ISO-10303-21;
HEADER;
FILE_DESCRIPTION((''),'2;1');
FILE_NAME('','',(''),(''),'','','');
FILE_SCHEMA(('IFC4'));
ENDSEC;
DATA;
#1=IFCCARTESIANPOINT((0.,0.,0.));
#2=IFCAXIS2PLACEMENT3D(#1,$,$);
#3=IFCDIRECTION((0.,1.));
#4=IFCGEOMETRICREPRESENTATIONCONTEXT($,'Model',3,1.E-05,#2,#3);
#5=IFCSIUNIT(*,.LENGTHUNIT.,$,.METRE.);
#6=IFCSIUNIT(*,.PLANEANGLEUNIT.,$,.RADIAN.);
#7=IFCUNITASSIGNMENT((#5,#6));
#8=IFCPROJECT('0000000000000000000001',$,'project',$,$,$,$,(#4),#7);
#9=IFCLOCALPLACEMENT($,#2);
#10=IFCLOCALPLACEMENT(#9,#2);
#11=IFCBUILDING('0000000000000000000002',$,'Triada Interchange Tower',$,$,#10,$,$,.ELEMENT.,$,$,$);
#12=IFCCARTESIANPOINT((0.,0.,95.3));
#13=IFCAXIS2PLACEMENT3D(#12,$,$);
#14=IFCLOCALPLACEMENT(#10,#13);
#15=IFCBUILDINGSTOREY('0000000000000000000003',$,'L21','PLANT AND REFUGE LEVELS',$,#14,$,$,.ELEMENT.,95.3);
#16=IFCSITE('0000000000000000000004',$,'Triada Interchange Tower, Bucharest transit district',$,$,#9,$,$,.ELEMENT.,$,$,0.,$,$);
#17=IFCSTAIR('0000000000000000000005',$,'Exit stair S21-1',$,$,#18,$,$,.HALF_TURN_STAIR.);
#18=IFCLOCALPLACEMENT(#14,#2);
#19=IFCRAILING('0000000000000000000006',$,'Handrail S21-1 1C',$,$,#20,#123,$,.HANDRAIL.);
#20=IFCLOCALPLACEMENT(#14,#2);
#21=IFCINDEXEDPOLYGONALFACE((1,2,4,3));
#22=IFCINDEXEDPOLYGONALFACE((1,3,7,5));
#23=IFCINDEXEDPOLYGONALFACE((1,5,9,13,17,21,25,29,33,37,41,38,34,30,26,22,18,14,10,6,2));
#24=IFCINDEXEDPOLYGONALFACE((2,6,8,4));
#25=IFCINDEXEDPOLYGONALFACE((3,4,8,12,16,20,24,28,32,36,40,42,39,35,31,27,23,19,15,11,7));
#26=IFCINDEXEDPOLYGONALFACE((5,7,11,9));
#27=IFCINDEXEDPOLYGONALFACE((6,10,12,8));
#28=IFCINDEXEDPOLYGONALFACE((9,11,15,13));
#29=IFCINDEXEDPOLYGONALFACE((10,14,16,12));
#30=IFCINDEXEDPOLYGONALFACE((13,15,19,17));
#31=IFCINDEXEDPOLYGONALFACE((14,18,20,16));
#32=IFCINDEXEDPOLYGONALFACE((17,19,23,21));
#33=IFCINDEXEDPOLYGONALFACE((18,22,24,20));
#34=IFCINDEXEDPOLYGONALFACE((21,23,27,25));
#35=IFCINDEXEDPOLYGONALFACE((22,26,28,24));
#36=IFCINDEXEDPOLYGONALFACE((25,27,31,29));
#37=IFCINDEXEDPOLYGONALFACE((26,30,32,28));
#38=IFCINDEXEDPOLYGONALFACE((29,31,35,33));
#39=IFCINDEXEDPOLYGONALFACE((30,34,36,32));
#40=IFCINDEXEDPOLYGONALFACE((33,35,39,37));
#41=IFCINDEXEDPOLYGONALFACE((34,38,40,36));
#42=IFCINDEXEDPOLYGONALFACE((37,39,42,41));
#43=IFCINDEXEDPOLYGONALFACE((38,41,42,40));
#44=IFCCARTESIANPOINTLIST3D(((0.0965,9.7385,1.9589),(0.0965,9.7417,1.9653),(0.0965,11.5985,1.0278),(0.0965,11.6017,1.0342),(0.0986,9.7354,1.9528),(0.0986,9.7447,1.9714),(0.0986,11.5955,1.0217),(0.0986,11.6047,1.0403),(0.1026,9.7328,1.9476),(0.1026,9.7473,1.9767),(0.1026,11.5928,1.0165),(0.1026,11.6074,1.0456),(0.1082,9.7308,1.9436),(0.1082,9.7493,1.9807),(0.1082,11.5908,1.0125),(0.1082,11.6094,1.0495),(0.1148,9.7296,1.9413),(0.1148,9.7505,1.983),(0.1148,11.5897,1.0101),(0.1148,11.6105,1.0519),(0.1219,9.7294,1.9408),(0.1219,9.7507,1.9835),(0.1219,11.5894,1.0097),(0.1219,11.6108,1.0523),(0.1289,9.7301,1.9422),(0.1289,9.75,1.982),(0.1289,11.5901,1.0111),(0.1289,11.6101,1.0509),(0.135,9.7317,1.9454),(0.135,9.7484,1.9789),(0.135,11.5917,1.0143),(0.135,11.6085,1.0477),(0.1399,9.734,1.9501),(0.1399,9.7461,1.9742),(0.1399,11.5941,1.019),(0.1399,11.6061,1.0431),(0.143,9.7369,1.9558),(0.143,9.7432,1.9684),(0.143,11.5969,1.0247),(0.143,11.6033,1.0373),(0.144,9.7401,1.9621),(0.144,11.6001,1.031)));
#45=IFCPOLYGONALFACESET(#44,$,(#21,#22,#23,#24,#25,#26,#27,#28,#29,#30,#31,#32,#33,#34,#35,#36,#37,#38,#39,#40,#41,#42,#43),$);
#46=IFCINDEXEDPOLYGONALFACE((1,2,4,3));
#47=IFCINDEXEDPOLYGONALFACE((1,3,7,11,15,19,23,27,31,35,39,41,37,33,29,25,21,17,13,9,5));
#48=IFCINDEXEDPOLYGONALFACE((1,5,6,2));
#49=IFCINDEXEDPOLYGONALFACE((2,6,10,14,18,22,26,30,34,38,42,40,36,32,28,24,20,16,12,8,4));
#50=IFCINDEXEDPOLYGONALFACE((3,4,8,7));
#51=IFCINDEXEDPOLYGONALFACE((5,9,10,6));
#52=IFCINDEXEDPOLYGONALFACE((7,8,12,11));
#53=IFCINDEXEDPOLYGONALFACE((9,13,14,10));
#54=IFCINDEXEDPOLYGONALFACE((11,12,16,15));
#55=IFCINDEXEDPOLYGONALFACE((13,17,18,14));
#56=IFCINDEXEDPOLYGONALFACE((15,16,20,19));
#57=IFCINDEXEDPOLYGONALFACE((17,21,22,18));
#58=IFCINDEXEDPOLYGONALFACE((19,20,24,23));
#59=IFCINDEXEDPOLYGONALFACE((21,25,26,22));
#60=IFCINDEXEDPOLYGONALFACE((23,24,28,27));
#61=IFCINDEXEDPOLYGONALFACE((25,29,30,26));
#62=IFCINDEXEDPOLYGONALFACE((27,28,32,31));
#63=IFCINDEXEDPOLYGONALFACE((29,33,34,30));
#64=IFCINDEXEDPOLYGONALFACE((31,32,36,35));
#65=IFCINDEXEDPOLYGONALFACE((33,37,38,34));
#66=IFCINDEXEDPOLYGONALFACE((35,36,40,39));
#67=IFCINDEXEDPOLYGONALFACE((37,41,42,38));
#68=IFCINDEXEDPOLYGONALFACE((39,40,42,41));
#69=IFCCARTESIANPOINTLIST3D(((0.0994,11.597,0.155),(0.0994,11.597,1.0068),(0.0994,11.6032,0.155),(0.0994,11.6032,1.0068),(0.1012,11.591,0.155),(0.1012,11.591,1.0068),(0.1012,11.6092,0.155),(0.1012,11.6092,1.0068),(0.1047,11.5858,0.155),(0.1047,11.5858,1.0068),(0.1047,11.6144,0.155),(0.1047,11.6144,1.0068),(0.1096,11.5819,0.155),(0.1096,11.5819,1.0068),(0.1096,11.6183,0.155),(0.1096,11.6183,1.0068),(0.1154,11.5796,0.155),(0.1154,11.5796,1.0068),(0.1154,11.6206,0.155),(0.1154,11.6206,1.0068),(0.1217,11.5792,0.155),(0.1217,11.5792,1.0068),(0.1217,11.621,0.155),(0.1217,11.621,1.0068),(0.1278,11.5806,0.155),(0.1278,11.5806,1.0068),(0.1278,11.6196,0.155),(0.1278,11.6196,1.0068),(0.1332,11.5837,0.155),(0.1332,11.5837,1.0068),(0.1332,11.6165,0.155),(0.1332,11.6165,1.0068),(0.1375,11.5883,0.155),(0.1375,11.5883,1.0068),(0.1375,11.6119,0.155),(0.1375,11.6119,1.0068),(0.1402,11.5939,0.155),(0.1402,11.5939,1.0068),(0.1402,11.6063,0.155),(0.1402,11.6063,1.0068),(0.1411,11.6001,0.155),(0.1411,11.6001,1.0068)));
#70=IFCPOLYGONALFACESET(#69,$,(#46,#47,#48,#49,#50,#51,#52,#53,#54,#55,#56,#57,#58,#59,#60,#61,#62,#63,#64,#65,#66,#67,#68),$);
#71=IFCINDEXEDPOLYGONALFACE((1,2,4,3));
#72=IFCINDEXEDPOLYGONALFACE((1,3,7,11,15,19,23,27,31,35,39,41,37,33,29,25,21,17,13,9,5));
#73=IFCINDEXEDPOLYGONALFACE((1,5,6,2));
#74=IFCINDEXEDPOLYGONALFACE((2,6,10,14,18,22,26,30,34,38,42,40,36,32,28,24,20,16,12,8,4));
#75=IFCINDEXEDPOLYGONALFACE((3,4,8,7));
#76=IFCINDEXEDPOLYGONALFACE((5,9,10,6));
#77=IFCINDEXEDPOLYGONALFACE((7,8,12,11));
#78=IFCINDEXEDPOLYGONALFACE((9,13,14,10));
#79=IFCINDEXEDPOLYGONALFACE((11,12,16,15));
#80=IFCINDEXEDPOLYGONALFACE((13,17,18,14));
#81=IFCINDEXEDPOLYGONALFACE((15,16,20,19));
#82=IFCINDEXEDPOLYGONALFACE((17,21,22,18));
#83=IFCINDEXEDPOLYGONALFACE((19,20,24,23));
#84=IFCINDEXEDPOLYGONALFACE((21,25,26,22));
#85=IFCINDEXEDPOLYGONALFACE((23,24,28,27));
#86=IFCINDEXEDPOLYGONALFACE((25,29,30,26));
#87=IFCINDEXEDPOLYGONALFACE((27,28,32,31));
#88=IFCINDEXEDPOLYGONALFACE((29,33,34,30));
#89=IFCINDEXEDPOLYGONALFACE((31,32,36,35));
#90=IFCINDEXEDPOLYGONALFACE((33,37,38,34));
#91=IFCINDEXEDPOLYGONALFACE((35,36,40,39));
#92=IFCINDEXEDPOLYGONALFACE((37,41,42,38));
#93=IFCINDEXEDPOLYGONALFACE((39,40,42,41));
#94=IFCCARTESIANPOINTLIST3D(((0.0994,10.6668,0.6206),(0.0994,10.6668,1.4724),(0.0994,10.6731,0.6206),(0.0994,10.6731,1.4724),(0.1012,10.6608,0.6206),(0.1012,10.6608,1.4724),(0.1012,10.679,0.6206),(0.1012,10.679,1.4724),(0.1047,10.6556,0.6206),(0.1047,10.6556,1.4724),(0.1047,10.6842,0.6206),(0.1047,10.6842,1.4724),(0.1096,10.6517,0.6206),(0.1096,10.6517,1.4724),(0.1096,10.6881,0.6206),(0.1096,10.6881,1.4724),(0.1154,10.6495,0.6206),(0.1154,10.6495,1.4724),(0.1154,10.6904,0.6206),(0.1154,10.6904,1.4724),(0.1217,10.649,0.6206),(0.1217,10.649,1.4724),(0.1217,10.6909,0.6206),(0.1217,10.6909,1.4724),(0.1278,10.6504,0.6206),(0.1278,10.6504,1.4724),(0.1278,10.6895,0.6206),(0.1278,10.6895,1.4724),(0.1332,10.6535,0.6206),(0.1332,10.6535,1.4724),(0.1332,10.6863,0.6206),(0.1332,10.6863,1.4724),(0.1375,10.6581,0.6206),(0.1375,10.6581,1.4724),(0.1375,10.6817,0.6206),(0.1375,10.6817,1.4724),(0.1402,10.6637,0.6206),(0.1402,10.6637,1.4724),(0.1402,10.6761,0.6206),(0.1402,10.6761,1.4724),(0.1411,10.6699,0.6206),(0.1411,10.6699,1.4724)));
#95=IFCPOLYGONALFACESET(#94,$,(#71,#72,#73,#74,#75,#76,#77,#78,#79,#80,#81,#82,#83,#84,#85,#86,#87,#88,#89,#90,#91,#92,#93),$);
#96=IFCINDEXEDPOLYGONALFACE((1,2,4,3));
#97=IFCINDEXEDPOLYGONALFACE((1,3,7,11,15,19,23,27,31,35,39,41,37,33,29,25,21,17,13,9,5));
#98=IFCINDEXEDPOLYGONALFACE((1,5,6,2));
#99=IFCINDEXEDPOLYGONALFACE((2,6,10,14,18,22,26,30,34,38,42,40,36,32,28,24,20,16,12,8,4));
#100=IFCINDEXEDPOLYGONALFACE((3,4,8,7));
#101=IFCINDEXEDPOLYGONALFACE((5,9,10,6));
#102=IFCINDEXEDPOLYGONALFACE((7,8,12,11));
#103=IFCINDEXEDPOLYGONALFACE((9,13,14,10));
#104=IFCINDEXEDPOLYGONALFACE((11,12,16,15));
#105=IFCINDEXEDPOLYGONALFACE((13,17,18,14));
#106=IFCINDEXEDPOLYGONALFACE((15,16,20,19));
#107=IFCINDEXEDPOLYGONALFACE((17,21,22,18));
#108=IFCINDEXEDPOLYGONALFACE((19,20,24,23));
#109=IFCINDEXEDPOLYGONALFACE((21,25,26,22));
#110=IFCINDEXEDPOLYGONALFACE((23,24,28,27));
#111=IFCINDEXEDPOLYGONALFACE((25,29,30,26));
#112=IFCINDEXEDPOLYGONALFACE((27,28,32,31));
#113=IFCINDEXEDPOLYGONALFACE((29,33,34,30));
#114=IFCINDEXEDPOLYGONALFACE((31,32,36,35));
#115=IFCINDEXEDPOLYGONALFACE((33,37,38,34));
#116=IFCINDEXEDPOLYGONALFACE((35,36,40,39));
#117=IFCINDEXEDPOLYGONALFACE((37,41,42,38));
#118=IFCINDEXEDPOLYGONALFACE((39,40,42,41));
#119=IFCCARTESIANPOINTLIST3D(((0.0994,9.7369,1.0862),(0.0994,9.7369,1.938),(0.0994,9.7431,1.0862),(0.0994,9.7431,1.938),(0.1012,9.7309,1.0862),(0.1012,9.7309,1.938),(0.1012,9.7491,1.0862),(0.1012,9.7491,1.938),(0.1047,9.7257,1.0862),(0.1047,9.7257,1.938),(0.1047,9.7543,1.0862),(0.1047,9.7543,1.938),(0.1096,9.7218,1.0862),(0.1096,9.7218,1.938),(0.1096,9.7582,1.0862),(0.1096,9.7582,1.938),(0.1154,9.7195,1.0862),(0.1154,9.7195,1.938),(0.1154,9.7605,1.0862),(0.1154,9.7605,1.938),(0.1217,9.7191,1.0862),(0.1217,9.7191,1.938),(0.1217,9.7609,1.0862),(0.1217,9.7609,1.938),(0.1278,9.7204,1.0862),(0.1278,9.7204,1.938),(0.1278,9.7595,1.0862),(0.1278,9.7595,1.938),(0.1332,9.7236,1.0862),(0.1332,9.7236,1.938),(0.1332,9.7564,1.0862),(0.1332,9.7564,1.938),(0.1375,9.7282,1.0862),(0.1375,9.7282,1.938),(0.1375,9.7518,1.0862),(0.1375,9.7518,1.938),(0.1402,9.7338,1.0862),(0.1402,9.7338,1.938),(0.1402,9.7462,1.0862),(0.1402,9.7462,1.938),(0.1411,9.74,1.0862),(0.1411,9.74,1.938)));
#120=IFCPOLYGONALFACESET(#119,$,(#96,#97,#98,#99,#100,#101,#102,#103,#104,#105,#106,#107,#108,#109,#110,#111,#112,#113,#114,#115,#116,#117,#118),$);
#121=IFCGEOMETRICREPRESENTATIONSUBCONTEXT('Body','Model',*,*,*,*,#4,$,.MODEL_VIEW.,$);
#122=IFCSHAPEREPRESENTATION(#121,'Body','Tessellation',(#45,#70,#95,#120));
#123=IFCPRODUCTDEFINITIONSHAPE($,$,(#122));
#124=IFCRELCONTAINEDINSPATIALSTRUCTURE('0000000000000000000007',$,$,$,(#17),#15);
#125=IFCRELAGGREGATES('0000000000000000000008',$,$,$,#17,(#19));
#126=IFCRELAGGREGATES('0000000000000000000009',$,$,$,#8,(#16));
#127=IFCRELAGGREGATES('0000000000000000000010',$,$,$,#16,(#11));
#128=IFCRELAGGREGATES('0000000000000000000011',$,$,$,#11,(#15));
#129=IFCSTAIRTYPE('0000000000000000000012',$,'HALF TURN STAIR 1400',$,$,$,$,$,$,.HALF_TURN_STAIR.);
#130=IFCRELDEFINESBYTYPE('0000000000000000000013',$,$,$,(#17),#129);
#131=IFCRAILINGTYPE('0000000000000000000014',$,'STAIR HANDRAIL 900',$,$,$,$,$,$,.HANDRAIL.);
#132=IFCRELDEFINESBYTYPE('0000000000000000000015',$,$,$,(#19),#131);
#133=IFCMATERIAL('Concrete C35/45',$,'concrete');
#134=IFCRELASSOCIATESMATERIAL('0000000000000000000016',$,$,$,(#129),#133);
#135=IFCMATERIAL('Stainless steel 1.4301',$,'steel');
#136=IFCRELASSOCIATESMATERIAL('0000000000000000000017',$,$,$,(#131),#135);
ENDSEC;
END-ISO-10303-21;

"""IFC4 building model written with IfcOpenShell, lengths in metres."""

from ifc_helpers import new_model, si_unit, direction, frame, origin, origin_2d, place, context, subcontext, project, spatial, circle, extrude, material, type_object, element, aggregate, save


model = new_model("IFC4")

# Units and contexts
model_context = context("Model", 3, precision=1e-05, world=origin(), true_north=direction((0.0, 1.0)))
body_context = subcontext(model_context, "Body", "Model", "MODEL_VIEW")
ifc_project = project(units=[si_unit("LENGTHUNIT", "METRE"), si_unit("PLANEANGLEUNIT", "RADIAN")], contexts=[model_context])

# Site, building, storey
site_placement = place(None, origin())
site = spatial("IfcSite", under=ifc_project, at=site_placement, Name="Triada Interchange Tower, Bucharest transit district", CompositionType="ELEMENT", RefElevation=0.0)
building_placement = place(site_placement, origin())
building = spatial("IfcBuilding", under=site, at=building_placement, Name="Triada Interchange Tower", CompositionType="ELEMENT")
storey_placement = place(building_placement, frame((0.0, 0.0, 95.3)))
storey = spatial("IfcBuildingStorey", under=building, at=storey_placement, Name="L21", Description="PLANT AND REFUGE LEVELS", CompositionType="ELEMENT", Elevation=95.3)

# Stair
ifc_material_1 = material(Name="Concrete C35/45", Category="concrete")
stair_type = type_object("IfcStairType", Name="HALF TURN STAIR 1400", PredefinedType="HALF_TURN_STAIR", material=ifc_material_1)
stair_1_placement = place(storey_placement, origin())
stair_1 = element("IfcStair", 1, at=stair_1_placement, inside=storey, type_object=stair_type, Name="Exit stair S21-1", PredefinedType="HALF_TURN_STAIR")

# Railing
ifc_material_2 = material(Name="Stainless steel 1.4301", Category="steel")
railing_type = type_object("IfcRailingType", Name="STAIR HANDRAIL 900", PredefinedType="HANDRAIL", material=ifc_material_2)
railing_1_placement = place(storey_placement, frame((0.1201, 11.6001, 0.155)))
railing_1 = element("IfcRailing", 2, at=railing_1_placement, type_object=railing_type, Name="Handrail S21-1 1C", PredefinedType="HANDRAIL", context=body_context, shape_type="SweptSolid", body=[
    extrude(circle(Radius=0.0239, at=origin_2d()), frame((0.0, 0.0, 0.876), z_axis=(0.0, -0.894216, 0.447636), x_axis=(1.0, 0.0, 0.0)), (0.0, 0.0, 1.0), 2.0801),
    extrude(circle(Radius=0.021, at=origin_2d()), origin(), (0.0, 0.0, 1.0), 0.8518),
    extrude(circle(Radius=0.021, at=origin_2d()), frame((0.0, -0.9302, 0.4656)), (0.0, 0.0, 1.0), 0.8518),
    extrude(circle(Radius=0.021, at=origin_2d()), frame((0.0, -1.8601, 0.9312)), (0.0, 0.0, 1.0), 0.8518),
])
aggregate(stair_1, [railing_1])

save(model, "model.ifc")
